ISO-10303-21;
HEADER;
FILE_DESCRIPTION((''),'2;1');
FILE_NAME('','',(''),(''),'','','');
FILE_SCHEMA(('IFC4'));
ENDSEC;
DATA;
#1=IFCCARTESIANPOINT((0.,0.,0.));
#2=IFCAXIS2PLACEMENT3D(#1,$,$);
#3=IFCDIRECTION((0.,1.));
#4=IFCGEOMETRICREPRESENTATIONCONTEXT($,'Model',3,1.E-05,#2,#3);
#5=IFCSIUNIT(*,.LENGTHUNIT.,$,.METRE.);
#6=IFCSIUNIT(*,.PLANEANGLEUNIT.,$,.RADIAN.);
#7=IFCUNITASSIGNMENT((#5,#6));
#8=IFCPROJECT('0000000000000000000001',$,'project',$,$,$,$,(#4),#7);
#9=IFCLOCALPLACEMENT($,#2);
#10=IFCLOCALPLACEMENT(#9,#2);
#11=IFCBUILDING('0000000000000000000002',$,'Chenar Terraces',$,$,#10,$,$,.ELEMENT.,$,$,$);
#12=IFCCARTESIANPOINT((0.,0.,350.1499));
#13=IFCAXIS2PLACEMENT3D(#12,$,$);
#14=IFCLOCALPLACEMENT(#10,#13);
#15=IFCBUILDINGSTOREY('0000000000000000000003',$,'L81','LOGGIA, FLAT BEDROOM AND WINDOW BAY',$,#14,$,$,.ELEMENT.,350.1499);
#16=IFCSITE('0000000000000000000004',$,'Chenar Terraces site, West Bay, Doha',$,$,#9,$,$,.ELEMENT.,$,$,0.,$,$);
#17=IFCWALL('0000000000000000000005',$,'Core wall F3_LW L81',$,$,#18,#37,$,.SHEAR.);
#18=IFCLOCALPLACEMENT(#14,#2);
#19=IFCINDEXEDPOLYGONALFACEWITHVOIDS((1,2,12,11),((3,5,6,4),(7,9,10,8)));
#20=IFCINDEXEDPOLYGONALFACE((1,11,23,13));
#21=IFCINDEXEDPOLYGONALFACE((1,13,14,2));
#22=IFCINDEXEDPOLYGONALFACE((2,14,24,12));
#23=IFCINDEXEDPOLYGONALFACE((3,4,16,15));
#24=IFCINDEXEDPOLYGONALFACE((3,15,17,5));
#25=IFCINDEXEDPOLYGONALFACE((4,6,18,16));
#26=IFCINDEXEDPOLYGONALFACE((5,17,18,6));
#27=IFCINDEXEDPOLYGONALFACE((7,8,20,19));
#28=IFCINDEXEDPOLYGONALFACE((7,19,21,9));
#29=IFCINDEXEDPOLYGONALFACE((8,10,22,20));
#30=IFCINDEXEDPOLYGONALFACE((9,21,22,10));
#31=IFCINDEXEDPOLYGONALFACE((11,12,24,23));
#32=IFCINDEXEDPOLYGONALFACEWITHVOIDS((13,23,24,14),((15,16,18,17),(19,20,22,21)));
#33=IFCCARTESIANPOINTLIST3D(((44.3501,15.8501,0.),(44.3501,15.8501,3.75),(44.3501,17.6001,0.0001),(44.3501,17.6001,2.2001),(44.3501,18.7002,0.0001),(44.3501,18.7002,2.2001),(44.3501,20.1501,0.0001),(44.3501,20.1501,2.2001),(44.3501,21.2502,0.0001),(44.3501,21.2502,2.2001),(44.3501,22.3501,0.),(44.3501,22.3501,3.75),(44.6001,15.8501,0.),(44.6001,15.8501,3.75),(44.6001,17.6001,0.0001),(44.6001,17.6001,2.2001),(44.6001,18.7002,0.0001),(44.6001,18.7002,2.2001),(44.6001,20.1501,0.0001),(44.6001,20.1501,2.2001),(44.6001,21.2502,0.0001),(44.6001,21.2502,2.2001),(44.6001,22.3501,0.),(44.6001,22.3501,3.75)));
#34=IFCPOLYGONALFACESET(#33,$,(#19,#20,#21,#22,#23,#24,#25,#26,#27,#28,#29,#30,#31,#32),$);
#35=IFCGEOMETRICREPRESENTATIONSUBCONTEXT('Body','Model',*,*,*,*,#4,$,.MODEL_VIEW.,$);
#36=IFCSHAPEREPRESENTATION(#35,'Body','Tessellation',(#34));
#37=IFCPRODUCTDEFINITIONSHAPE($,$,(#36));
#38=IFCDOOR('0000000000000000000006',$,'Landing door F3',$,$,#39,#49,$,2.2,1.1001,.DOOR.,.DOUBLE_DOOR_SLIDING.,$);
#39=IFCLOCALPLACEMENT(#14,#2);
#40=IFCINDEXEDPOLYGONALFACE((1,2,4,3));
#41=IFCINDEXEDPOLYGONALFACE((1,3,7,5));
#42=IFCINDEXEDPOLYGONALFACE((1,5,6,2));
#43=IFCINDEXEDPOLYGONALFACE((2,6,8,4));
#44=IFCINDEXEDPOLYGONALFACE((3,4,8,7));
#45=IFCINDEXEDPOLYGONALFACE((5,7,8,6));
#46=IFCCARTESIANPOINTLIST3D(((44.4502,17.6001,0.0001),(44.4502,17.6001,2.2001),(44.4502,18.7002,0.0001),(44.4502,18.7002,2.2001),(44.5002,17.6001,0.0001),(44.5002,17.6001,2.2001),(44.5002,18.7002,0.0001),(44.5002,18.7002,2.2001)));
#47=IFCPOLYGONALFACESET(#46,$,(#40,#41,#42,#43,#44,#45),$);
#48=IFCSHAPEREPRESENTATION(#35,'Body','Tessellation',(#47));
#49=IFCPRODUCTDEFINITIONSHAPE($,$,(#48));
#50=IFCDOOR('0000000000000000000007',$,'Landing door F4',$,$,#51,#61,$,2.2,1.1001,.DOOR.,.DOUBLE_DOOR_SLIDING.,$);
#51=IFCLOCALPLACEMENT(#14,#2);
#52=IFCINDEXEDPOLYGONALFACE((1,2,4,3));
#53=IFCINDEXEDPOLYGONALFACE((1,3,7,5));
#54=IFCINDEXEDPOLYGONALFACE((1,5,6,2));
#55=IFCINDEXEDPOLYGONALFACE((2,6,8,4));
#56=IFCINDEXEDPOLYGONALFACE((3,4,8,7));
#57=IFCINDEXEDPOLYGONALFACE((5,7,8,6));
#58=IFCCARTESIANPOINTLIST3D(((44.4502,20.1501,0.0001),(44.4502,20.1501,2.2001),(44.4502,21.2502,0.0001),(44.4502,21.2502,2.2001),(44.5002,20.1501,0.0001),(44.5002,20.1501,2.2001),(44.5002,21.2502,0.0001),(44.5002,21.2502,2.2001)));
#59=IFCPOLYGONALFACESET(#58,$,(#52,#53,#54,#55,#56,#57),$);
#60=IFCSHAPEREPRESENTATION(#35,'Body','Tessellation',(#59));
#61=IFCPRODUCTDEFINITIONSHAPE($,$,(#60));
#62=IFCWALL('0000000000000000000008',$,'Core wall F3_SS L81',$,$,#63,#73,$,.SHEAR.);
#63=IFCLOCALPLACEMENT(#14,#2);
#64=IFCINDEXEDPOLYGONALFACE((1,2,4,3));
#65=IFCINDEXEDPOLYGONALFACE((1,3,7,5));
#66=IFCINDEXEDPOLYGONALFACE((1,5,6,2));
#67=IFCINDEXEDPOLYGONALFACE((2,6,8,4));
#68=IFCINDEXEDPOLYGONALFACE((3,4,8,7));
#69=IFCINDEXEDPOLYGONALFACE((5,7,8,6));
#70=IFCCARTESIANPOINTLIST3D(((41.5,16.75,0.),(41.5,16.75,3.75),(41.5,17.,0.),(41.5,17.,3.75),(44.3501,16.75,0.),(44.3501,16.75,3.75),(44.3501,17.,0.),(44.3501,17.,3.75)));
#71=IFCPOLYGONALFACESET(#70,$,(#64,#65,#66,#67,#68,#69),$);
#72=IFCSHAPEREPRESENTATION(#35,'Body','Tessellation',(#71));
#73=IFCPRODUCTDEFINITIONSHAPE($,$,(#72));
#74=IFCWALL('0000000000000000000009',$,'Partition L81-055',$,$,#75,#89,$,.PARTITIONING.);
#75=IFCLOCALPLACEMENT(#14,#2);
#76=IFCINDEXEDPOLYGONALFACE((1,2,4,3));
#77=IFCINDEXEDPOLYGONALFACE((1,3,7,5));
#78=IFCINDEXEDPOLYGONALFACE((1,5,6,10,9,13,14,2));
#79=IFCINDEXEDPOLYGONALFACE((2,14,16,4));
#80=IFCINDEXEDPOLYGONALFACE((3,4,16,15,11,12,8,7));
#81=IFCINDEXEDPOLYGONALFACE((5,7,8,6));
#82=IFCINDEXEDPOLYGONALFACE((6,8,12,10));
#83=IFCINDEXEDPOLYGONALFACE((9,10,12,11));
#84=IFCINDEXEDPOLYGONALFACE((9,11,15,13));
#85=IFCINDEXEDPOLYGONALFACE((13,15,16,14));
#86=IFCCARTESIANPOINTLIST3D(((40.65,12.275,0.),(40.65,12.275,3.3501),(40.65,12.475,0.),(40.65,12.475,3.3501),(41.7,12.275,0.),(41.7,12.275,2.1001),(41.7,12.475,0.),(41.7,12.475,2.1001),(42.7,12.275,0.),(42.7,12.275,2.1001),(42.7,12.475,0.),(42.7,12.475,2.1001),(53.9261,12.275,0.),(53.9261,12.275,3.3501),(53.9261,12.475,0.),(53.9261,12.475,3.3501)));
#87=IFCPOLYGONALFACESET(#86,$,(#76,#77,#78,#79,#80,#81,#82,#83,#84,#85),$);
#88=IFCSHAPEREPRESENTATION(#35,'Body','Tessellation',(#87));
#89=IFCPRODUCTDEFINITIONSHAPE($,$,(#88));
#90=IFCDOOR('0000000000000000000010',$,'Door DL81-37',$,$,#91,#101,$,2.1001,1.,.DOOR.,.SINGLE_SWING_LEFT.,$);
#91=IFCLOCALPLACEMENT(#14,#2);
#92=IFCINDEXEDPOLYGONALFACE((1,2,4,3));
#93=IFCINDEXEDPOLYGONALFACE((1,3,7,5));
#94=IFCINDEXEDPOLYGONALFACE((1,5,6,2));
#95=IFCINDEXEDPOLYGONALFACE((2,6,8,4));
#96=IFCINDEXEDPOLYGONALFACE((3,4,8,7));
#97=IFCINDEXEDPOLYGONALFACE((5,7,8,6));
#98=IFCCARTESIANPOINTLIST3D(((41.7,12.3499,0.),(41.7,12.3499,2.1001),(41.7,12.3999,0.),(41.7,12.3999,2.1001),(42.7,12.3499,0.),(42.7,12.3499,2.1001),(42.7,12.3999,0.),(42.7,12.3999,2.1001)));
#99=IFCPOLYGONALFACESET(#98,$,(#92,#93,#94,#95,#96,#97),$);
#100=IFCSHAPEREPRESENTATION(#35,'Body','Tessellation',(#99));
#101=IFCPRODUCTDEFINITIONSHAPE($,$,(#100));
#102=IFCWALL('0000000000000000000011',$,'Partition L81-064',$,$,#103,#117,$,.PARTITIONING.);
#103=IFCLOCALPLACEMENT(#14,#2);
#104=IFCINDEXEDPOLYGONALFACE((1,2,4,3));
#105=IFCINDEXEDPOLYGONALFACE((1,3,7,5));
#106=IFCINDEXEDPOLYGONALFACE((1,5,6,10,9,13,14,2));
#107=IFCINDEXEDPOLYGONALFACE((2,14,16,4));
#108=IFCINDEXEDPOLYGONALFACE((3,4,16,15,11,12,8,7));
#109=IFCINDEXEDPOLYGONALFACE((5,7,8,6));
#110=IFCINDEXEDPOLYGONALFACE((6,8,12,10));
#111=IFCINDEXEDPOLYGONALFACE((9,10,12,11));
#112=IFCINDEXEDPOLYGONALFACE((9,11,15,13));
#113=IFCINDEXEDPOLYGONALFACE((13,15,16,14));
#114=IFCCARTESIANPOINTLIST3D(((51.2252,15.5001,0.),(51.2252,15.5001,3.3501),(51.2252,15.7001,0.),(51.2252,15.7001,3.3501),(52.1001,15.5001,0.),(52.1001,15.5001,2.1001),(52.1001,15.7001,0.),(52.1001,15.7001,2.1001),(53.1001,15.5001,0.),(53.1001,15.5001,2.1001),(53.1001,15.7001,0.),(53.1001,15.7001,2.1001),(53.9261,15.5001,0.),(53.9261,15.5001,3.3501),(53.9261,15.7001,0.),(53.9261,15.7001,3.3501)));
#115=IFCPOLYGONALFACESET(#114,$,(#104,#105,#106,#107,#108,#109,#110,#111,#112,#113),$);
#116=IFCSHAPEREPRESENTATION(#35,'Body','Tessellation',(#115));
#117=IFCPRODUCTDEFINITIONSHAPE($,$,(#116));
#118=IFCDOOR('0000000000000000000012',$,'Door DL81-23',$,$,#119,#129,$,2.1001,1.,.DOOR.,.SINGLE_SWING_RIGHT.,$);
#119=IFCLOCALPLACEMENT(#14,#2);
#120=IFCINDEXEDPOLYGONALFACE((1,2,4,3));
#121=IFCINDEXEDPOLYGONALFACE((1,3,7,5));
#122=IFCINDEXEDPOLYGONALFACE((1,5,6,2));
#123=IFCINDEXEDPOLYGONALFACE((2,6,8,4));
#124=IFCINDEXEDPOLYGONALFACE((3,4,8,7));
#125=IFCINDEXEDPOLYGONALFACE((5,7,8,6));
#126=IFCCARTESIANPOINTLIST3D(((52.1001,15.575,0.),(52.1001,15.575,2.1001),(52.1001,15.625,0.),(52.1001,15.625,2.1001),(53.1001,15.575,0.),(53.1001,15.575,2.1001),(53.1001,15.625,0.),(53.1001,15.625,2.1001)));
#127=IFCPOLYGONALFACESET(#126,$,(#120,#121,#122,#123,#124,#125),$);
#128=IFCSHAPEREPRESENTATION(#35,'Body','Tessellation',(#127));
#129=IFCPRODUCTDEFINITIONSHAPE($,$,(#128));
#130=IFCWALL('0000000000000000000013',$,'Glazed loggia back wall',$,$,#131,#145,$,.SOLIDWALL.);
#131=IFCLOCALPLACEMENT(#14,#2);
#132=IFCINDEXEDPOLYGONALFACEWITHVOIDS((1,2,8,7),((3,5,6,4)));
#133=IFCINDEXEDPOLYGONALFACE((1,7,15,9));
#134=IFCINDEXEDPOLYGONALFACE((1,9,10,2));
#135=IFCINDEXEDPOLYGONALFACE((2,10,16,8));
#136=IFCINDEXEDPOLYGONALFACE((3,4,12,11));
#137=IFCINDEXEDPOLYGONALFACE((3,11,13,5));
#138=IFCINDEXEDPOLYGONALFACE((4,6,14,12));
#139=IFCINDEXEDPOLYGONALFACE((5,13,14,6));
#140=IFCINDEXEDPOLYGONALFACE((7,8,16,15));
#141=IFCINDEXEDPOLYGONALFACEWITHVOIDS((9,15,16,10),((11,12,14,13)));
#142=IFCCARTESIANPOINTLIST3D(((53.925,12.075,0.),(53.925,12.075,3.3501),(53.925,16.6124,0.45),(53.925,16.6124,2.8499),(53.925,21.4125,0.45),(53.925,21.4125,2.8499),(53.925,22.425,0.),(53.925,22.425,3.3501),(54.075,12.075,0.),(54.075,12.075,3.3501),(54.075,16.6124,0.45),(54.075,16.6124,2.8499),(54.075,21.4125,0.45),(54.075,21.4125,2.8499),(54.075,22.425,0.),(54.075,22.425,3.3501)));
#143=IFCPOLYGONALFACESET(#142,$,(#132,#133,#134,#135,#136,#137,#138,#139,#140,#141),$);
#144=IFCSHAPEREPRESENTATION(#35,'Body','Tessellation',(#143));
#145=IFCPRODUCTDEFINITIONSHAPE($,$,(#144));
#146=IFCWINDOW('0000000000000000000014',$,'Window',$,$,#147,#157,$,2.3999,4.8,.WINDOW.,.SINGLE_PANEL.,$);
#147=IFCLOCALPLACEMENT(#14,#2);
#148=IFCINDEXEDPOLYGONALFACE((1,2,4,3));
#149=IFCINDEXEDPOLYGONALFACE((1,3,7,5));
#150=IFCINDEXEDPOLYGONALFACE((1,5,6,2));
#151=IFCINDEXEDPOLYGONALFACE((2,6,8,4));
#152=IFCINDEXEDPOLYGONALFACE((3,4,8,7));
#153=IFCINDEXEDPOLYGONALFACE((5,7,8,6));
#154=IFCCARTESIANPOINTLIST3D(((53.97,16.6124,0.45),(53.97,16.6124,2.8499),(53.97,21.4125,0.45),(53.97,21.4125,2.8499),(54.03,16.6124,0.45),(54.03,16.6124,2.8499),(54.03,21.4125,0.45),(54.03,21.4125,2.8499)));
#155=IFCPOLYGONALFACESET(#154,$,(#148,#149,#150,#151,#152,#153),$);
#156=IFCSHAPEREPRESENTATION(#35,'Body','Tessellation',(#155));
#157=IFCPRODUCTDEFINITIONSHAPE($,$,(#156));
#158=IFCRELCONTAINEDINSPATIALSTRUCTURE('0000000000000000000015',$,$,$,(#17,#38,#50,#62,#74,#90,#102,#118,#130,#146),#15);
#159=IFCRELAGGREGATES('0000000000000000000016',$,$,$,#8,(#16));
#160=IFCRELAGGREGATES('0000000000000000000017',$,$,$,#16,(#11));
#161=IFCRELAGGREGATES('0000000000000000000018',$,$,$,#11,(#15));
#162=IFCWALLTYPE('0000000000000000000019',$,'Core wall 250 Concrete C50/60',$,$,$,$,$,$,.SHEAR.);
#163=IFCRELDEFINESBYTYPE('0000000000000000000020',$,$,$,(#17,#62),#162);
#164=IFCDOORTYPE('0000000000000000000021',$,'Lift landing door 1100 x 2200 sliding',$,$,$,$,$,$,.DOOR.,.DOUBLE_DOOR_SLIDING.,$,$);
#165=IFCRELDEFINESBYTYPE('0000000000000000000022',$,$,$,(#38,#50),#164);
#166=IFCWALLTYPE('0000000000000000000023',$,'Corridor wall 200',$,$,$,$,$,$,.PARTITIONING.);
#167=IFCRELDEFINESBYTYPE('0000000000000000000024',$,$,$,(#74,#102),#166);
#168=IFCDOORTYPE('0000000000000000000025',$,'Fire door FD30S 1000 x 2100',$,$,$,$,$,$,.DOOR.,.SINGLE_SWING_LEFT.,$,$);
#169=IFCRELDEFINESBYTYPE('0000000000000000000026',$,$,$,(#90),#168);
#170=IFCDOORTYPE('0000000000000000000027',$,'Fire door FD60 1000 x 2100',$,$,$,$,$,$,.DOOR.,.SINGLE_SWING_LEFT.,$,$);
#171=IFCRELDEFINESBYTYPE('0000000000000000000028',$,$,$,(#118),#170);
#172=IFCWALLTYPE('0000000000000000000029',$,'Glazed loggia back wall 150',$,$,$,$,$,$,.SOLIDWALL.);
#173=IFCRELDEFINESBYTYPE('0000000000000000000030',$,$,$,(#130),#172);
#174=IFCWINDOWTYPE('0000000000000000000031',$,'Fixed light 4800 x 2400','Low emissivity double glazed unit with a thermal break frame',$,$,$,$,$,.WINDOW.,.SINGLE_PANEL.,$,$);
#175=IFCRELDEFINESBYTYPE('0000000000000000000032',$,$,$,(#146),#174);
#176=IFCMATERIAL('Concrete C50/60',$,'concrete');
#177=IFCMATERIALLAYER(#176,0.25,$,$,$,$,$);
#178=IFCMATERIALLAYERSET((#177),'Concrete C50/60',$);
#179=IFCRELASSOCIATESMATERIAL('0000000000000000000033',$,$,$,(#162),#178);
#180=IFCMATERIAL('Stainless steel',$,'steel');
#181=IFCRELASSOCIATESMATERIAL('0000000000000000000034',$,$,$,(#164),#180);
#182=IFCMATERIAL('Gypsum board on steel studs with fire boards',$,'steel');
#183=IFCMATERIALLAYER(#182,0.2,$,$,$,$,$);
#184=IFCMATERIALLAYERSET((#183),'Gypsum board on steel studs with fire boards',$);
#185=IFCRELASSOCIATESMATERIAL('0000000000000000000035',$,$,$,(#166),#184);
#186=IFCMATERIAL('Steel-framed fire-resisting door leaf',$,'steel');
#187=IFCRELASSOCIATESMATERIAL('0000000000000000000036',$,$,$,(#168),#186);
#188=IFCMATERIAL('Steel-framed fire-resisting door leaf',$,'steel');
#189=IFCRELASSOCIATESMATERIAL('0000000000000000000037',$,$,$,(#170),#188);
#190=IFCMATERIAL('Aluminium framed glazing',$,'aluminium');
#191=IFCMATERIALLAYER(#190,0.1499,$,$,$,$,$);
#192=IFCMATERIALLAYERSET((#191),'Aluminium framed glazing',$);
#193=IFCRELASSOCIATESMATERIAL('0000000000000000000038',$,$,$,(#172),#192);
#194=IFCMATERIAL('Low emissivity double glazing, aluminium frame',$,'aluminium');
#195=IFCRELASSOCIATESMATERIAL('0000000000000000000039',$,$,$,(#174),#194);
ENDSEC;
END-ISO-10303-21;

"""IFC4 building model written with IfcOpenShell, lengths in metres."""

from ifc_helpers import new_model, si_unit, direction, frame, frame_2d, origin, place, context, subcontext, project, spatial, rectangle, extrude, material, layer, layer_set, type_object, element, fill, save


model = new_model("IFC4")

# Units and contexts
model_context = context("Model", 3, precision=1e-05, world=origin(), true_north=direction((0.0, 1.0)))
body_context = subcontext(model_context, "Body", "Model", "MODEL_VIEW")
ifc_project = project(units=[si_unit("LENGTHUNIT", "METRE"), si_unit("PLANEANGLEUNIT", "RADIAN")], contexts=[model_context])

# Site, building, storey
site_placement = place(None, origin())
site = spatial("IfcSite", under=ifc_project, at=site_placement, Name="Chenar Terraces site, West Bay, Doha", CompositionType="ELEMENT", RefElevation=0.0)
building_placement = place(site_placement, origin())
building = spatial("IfcBuilding", under=site, at=building_placement, Name="Chenar Terraces", CompositionType="ELEMENT")
storey_placement = place(building_placement, frame((0.0, 0.0, 350.1499)))
storey = spatial("IfcBuildingStorey", under=building, at=storey_placement, Name="L81", Description="LOGGIA, FLAT BEDROOM AND WINDOW BAY", CompositionType="ELEMENT", Elevation=350.1499)

# Shared definitions
ifc_material_1 = material(Name="Concrete C50/60", Category="concrete")
ifc_layer_1 = layer(ifc_material_1, 0.25)
ifc_layer_set_1 = layer_set([ifc_layer_1], Name="Concrete C50/60")
wall_type_1 = type_object("IfcWallType", Name="Core wall 250 Concrete C50/60", PredefinedType="SHEAR", material=ifc_layer_set_1)

# Wall, openings, doors
wall_1_placement = place(storey_placement, frame((44.4751, 15.8501, 0.0), z_axis=(0.0, 0.0, 1.0), x_axis=(0.0, 1.0, 0.0)))
wall_1 = element("IfcWall", 1, at=wall_1_placement, inside=storey, type_object=wall_type_1, Name="Core wall F3_LW L81", PredefinedType="SHEAR", context=body_context, shape_type="SweptSolid", body=[
    extrude(rectangle(XDim=6.5, YDim=0.25, at=frame_2d((3.25, 0.0))), origin(), (0.0, 0.0, 1.0), 3.75),
])
opening_1_placement = place(wall_1_placement, frame((1.75, 0.0, 0.0)))
opening_1 = element("IfcOpeningElement", 2, at=opening_1_placement, cuts=wall_1, PredefinedType="OPENING", context=body_context, shape_type="SweptSolid", body=[
    extrude(rectangle(XDim=1.1001, YDim=2.2, at=frame_2d((0.55, 1.1001))), frame((0.0, 0.135, 0.0), z_axis=(0.0, -1.0, 0.0), x_axis=(1.0, 0.0, 0.0)), (0.0, 0.0, 1.0), 0.27),
])
opening_2_placement = place(wall_1_placement, frame((4.3, 0.0, 0.0)))
opening_2 = element("IfcOpeningElement", 3, at=opening_2_placement, cuts=wall_1, PredefinedType="OPENING", context=body_context, shape_type="SweptSolid", body=[
    extrude(rectangle(XDim=1.1001, YDim=2.2, at=frame_2d((0.55, 1.1001))), frame((0.0, 0.135, 0.0), z_axis=(0.0, -1.0, 0.0), x_axis=(1.0, 0.0, 0.0)), (0.0, 0.0, 1.0), 0.27),
])
ifc_material_2 = material(Name="Stainless steel", Category="steel")
door_type_1 = type_object("IfcDoorType", Name="Lift landing door 1100 x 2200 sliding", OperationType="DOUBLE_DOOR_SLIDING", PredefinedType="DOOR", material=ifc_material_2)
door_1_placement = place(opening_1_placement, origin())
door_1 = element("IfcDoor", 4, at=door_1_placement, inside=storey, type_object=door_type_1, Name="Landing door F3", OperationType="DOUBLE_DOOR_SLIDING", OverallHeight=2.2, OverallWidth=1.1001, PredefinedType="DOOR", context=body_context, shape_type="SweptSolid", body=[
    extrude(rectangle(XDim=1.1001, YDim=2.2, at=frame_2d((0.55, 1.1001))), frame((0.0, 0.0249, 0.0), z_axis=(0.0, -1.0, 0.0), x_axis=(1.0, 0.0, 0.0)), (0.0, 0.0, 1.0), 0.05),
])
fill(opening_1, door_1)
door_2_placement = place(opening_2_placement, origin())
door_2 = element("IfcDoor", 5, at=door_2_placement, inside=storey, type_object=door_type_1, Name="Landing door F4", OperationType="DOUBLE_DOOR_SLIDING", OverallHeight=2.2, OverallWidth=1.1001, PredefinedType="DOOR", context=body_context, shape_type="SweptSolid", body=[
    extrude(rectangle(XDim=1.1001, YDim=2.2, at=frame_2d((0.55, 1.1001))), frame((0.0, 0.0249, 0.0), z_axis=(0.0, -1.0, 0.0), x_axis=(1.0, 0.0, 0.0)), (0.0, 0.0, 1.0), 0.05),
])
fill(opening_2, door_2)

# Wall
wall_2_placement = place(storey_placement, frame((41.5, 16.875, 0.0), z_axis=(0.0, 0.0, 1.0), x_axis=(1.0, 0.0, 0.0)))
element("IfcWall", 6, at=wall_2_placement, inside=storey, type_object=wall_type_1, Name="Core wall F3_SS L81", PredefinedType="SHEAR", context=body_context, shape_type="SweptSolid", body=[
    extrude(rectangle(XDim=2.8501, YDim=0.25, at=frame_2d((1.425, 0.0))), origin(), (0.0, 0.0, 1.0), 3.75),
])

# Walls, openings, doors
ifc_material_3 = material(Name="Gypsum board on steel studs with fire boards", Category="steel")
ifc_layer_2 = layer(ifc_material_3, 0.2)
ifc_layer_set_2 = layer_set([ifc_layer_2], Name="Gypsum board on steel studs with fire boards")
wall_type_2 = type_object("IfcWallType", Name="Corridor wall 200", PredefinedType="PARTITIONING", material=ifc_layer_set_2)
wall_3_placement = place(storey_placement, frame((40.6499, 12.375, 0.0), z_axis=(0.0, 0.0, 1.0), x_axis=(1.0, 0.0, 0.0)))
wall_3 = element("IfcWall", 7, at=wall_3_placement, inside=storey, type_object=wall_type_2, Name="Partition L81-055", PredefinedType="PARTITIONING", context=body_context, shape_type="SweptSolid", body=[
    extrude(rectangle(XDim=13.2761, YDim=0.2, at=frame_2d((6.6382, 0.0))), origin(), (0.0, 0.0, 1.0), 3.3501),
])
opening_3_placement = place(wall_3_placement, frame((1.05, 0.0, 0.0)))
opening_3 = element("IfcOpeningElement", 8, at=opening_3_placement, cuts=wall_3, PredefinedType="OPENING", context=body_context, shape_type="SweptSolid", body=[
    extrude(rectangle(XDim=1.0, YDim=2.1001, at=frame_2d((0.5, 1.05))), frame((0.0, 0.1099, 0.0), z_axis=(0.0, -1.0, 0.0), x_axis=(1.0, 0.0, 0.0)), (0.0, 0.0, 1.0), 0.22),
])
ifc_material_4 = material(Name="Steel-framed fire-resisting door leaf", Category="steel")
door_type_2 = type_object("IfcDoorType", Name="Fire door FD30S 1000 x 2100", OperationType="SINGLE_SWING_LEFT", PredefinedType="DOOR", material=ifc_material_4)
door_3_placement = place(opening_3_placement, origin())
door_3 = element("IfcDoor", 9, at=door_3_placement, inside=storey, type_object=door_type_2, Name="Door DL81-37", OperationType="SINGLE_SWING_LEFT", OverallHeight=2.1001, OverallWidth=1.0, PredefinedType="DOOR", context=body_context, shape_type="SweptSolid", body=[
    extrude(rectangle(XDim=1.0, YDim=2.1001, at=frame_2d((0.5, 1.05))), frame((0.0, 0.0249, 0.0), z_axis=(0.0, -1.0, 0.0), x_axis=(1.0, 0.0, 0.0)), (0.0, 0.0, 1.0), 0.05),
])
fill(opening_3, door_3)
wall_4_placement = place(storey_placement, frame((51.2251, 15.6001, 0.0), z_axis=(0.0, 0.0, 1.0), x_axis=(1.0, 0.0, 0.0)))
wall_4 = element("IfcWall", 10, at=wall_4_placement, inside=storey, type_object=wall_type_2, Name="Partition L81-064", PredefinedType="PARTITIONING", context=body_context, shape_type="SweptSolid", body=[
    extrude(rectangle(XDim=2.7009, YDim=0.2, at=frame_2d((1.3506, 0.0))), origin(), (0.0, 0.0, 1.0), 3.3501),
])
opening_4_placement = place(wall_4_placement, frame((0.875, 0.0, 0.0)))
opening_4 = element("IfcOpeningElement", 11, at=opening_4_placement, cuts=wall_4, PredefinedType="OPENING", context=body_context, shape_type="SweptSolid", body=[
    extrude(rectangle(XDim=1.0, YDim=2.1001, at=frame_2d((0.5, 1.05))), frame((0.0, 0.1099, 0.0), z_axis=(0.0, -1.0, 0.0), x_axis=(1.0, 0.0, 0.0)), (0.0, 0.0, 1.0), 0.22),
])
ifc_material_5 = material(Name="Steel-framed fire-resisting door leaf", Category="steel")
door_type_3 = type_object("IfcDoorType", Name="Fire door FD60 1000 x 2100", OperationType="SINGLE_SWING_LEFT", PredefinedType="DOOR", material=ifc_material_5)
door_4_placement = place(opening_4_placement, origin())
door_4 = element("IfcDoor", 12, at=door_4_placement, inside=storey, type_object=door_type_3, Name="Door DL81-23", OperationType="SINGLE_SWING_RIGHT", OverallHeight=2.1001, OverallWidth=1.0, PredefinedType="DOOR", context=body_context, shape_type="SweptSolid", body=[
    extrude(rectangle(XDim=1.0, YDim=2.1001, at=frame_2d((0.5, 1.05))), frame((0.0, 0.0249, 0.0), z_axis=(0.0, -1.0, 0.0), x_axis=(1.0, 0.0, 0.0)), (0.0, 0.0, 1.0), 0.05),
])
fill(opening_4, door_4)

# Wall, opening, window
ifc_material_6 = material(Name="Aluminium framed glazing", Category="aluminium")
ifc_layer_3 = layer(ifc_material_6, 0.1499)
ifc_layer_set_3 = layer_set([ifc_layer_3], Name="Aluminium framed glazing")
wall_type_3 = type_object("IfcWallType", Name="Glazed loggia back wall 150", PredefinedType="SOLIDWALL", material=ifc_layer_set_3)
wall_5_placement = place(storey_placement, frame((54.0, 12.075, 0.0), z_axis=(0.0, 0.0, 1.0), x_axis=(0.0, 1.0, 0.0)))
wall_5 = element("IfcWall", 13, at=wall_5_placement, inside=storey, type_object=wall_type_3, Name="Glazed loggia back wall", PredefinedType="SOLIDWALL", context=body_context, shape_type="SweptSolid", body=[
    extrude(rectangle(XDim=10.3501, YDim=0.1499, at=frame_2d((5.175, 0.0))), origin(), (0.0, 0.0, 1.0), 3.3501),
])
opening_5_placement = place(wall_5_placement, frame((4.5376, 0.0, 0.45)))
opening_5 = element("IfcOpeningElement", 14, at=opening_5_placement, cuts=wall_5, PredefinedType="OPENING", context=body_context, shape_type="SweptSolid", body=[
    extrude(rectangle(XDim=4.8, YDim=2.3999, at=frame_2d((2.3999, 1.2))), frame((0.0, 0.085, 0.0), z_axis=(0.0, -1.0, 0.0), x_axis=(1.0, 0.0, 0.0)), (0.0, 0.0, 1.0), 0.1699),
])
ifc_material_7 = material(Name="Low emissivity double glazing, aluminium frame", Category="aluminium")
window_type = type_object("IfcWindowType", Name="Fixed light 4800 x 2400", Description="Low emissivity double glazed unit with a thermal break frame", PartitioningType="SINGLE_PANEL", PredefinedType="WINDOW", material=ifc_material_7)
window_placement = place(opening_5_placement, origin())
window = element("IfcWindow", 15, at=window_placement, inside=storey, type_object=window_type, Name="Window", OverallHeight=2.3999, OverallWidth=4.8, PartitioningType="SINGLE_PANEL", PredefinedType="WINDOW", context=body_context, shape_type="SweptSolid", body=[
    extrude(rectangle(XDim=4.8, YDim=2.3999, at=frame_2d((2.3999, 1.2))), frame((0.0, 0.03, 0.0), z_axis=(0.0, -1.0, 0.0), x_axis=(1.0, 0.0, 0.0)), (0.0, 0.0, 1.0), 0.0601),
])
fill(opening_5, window)

save(model, "model.ifc")
